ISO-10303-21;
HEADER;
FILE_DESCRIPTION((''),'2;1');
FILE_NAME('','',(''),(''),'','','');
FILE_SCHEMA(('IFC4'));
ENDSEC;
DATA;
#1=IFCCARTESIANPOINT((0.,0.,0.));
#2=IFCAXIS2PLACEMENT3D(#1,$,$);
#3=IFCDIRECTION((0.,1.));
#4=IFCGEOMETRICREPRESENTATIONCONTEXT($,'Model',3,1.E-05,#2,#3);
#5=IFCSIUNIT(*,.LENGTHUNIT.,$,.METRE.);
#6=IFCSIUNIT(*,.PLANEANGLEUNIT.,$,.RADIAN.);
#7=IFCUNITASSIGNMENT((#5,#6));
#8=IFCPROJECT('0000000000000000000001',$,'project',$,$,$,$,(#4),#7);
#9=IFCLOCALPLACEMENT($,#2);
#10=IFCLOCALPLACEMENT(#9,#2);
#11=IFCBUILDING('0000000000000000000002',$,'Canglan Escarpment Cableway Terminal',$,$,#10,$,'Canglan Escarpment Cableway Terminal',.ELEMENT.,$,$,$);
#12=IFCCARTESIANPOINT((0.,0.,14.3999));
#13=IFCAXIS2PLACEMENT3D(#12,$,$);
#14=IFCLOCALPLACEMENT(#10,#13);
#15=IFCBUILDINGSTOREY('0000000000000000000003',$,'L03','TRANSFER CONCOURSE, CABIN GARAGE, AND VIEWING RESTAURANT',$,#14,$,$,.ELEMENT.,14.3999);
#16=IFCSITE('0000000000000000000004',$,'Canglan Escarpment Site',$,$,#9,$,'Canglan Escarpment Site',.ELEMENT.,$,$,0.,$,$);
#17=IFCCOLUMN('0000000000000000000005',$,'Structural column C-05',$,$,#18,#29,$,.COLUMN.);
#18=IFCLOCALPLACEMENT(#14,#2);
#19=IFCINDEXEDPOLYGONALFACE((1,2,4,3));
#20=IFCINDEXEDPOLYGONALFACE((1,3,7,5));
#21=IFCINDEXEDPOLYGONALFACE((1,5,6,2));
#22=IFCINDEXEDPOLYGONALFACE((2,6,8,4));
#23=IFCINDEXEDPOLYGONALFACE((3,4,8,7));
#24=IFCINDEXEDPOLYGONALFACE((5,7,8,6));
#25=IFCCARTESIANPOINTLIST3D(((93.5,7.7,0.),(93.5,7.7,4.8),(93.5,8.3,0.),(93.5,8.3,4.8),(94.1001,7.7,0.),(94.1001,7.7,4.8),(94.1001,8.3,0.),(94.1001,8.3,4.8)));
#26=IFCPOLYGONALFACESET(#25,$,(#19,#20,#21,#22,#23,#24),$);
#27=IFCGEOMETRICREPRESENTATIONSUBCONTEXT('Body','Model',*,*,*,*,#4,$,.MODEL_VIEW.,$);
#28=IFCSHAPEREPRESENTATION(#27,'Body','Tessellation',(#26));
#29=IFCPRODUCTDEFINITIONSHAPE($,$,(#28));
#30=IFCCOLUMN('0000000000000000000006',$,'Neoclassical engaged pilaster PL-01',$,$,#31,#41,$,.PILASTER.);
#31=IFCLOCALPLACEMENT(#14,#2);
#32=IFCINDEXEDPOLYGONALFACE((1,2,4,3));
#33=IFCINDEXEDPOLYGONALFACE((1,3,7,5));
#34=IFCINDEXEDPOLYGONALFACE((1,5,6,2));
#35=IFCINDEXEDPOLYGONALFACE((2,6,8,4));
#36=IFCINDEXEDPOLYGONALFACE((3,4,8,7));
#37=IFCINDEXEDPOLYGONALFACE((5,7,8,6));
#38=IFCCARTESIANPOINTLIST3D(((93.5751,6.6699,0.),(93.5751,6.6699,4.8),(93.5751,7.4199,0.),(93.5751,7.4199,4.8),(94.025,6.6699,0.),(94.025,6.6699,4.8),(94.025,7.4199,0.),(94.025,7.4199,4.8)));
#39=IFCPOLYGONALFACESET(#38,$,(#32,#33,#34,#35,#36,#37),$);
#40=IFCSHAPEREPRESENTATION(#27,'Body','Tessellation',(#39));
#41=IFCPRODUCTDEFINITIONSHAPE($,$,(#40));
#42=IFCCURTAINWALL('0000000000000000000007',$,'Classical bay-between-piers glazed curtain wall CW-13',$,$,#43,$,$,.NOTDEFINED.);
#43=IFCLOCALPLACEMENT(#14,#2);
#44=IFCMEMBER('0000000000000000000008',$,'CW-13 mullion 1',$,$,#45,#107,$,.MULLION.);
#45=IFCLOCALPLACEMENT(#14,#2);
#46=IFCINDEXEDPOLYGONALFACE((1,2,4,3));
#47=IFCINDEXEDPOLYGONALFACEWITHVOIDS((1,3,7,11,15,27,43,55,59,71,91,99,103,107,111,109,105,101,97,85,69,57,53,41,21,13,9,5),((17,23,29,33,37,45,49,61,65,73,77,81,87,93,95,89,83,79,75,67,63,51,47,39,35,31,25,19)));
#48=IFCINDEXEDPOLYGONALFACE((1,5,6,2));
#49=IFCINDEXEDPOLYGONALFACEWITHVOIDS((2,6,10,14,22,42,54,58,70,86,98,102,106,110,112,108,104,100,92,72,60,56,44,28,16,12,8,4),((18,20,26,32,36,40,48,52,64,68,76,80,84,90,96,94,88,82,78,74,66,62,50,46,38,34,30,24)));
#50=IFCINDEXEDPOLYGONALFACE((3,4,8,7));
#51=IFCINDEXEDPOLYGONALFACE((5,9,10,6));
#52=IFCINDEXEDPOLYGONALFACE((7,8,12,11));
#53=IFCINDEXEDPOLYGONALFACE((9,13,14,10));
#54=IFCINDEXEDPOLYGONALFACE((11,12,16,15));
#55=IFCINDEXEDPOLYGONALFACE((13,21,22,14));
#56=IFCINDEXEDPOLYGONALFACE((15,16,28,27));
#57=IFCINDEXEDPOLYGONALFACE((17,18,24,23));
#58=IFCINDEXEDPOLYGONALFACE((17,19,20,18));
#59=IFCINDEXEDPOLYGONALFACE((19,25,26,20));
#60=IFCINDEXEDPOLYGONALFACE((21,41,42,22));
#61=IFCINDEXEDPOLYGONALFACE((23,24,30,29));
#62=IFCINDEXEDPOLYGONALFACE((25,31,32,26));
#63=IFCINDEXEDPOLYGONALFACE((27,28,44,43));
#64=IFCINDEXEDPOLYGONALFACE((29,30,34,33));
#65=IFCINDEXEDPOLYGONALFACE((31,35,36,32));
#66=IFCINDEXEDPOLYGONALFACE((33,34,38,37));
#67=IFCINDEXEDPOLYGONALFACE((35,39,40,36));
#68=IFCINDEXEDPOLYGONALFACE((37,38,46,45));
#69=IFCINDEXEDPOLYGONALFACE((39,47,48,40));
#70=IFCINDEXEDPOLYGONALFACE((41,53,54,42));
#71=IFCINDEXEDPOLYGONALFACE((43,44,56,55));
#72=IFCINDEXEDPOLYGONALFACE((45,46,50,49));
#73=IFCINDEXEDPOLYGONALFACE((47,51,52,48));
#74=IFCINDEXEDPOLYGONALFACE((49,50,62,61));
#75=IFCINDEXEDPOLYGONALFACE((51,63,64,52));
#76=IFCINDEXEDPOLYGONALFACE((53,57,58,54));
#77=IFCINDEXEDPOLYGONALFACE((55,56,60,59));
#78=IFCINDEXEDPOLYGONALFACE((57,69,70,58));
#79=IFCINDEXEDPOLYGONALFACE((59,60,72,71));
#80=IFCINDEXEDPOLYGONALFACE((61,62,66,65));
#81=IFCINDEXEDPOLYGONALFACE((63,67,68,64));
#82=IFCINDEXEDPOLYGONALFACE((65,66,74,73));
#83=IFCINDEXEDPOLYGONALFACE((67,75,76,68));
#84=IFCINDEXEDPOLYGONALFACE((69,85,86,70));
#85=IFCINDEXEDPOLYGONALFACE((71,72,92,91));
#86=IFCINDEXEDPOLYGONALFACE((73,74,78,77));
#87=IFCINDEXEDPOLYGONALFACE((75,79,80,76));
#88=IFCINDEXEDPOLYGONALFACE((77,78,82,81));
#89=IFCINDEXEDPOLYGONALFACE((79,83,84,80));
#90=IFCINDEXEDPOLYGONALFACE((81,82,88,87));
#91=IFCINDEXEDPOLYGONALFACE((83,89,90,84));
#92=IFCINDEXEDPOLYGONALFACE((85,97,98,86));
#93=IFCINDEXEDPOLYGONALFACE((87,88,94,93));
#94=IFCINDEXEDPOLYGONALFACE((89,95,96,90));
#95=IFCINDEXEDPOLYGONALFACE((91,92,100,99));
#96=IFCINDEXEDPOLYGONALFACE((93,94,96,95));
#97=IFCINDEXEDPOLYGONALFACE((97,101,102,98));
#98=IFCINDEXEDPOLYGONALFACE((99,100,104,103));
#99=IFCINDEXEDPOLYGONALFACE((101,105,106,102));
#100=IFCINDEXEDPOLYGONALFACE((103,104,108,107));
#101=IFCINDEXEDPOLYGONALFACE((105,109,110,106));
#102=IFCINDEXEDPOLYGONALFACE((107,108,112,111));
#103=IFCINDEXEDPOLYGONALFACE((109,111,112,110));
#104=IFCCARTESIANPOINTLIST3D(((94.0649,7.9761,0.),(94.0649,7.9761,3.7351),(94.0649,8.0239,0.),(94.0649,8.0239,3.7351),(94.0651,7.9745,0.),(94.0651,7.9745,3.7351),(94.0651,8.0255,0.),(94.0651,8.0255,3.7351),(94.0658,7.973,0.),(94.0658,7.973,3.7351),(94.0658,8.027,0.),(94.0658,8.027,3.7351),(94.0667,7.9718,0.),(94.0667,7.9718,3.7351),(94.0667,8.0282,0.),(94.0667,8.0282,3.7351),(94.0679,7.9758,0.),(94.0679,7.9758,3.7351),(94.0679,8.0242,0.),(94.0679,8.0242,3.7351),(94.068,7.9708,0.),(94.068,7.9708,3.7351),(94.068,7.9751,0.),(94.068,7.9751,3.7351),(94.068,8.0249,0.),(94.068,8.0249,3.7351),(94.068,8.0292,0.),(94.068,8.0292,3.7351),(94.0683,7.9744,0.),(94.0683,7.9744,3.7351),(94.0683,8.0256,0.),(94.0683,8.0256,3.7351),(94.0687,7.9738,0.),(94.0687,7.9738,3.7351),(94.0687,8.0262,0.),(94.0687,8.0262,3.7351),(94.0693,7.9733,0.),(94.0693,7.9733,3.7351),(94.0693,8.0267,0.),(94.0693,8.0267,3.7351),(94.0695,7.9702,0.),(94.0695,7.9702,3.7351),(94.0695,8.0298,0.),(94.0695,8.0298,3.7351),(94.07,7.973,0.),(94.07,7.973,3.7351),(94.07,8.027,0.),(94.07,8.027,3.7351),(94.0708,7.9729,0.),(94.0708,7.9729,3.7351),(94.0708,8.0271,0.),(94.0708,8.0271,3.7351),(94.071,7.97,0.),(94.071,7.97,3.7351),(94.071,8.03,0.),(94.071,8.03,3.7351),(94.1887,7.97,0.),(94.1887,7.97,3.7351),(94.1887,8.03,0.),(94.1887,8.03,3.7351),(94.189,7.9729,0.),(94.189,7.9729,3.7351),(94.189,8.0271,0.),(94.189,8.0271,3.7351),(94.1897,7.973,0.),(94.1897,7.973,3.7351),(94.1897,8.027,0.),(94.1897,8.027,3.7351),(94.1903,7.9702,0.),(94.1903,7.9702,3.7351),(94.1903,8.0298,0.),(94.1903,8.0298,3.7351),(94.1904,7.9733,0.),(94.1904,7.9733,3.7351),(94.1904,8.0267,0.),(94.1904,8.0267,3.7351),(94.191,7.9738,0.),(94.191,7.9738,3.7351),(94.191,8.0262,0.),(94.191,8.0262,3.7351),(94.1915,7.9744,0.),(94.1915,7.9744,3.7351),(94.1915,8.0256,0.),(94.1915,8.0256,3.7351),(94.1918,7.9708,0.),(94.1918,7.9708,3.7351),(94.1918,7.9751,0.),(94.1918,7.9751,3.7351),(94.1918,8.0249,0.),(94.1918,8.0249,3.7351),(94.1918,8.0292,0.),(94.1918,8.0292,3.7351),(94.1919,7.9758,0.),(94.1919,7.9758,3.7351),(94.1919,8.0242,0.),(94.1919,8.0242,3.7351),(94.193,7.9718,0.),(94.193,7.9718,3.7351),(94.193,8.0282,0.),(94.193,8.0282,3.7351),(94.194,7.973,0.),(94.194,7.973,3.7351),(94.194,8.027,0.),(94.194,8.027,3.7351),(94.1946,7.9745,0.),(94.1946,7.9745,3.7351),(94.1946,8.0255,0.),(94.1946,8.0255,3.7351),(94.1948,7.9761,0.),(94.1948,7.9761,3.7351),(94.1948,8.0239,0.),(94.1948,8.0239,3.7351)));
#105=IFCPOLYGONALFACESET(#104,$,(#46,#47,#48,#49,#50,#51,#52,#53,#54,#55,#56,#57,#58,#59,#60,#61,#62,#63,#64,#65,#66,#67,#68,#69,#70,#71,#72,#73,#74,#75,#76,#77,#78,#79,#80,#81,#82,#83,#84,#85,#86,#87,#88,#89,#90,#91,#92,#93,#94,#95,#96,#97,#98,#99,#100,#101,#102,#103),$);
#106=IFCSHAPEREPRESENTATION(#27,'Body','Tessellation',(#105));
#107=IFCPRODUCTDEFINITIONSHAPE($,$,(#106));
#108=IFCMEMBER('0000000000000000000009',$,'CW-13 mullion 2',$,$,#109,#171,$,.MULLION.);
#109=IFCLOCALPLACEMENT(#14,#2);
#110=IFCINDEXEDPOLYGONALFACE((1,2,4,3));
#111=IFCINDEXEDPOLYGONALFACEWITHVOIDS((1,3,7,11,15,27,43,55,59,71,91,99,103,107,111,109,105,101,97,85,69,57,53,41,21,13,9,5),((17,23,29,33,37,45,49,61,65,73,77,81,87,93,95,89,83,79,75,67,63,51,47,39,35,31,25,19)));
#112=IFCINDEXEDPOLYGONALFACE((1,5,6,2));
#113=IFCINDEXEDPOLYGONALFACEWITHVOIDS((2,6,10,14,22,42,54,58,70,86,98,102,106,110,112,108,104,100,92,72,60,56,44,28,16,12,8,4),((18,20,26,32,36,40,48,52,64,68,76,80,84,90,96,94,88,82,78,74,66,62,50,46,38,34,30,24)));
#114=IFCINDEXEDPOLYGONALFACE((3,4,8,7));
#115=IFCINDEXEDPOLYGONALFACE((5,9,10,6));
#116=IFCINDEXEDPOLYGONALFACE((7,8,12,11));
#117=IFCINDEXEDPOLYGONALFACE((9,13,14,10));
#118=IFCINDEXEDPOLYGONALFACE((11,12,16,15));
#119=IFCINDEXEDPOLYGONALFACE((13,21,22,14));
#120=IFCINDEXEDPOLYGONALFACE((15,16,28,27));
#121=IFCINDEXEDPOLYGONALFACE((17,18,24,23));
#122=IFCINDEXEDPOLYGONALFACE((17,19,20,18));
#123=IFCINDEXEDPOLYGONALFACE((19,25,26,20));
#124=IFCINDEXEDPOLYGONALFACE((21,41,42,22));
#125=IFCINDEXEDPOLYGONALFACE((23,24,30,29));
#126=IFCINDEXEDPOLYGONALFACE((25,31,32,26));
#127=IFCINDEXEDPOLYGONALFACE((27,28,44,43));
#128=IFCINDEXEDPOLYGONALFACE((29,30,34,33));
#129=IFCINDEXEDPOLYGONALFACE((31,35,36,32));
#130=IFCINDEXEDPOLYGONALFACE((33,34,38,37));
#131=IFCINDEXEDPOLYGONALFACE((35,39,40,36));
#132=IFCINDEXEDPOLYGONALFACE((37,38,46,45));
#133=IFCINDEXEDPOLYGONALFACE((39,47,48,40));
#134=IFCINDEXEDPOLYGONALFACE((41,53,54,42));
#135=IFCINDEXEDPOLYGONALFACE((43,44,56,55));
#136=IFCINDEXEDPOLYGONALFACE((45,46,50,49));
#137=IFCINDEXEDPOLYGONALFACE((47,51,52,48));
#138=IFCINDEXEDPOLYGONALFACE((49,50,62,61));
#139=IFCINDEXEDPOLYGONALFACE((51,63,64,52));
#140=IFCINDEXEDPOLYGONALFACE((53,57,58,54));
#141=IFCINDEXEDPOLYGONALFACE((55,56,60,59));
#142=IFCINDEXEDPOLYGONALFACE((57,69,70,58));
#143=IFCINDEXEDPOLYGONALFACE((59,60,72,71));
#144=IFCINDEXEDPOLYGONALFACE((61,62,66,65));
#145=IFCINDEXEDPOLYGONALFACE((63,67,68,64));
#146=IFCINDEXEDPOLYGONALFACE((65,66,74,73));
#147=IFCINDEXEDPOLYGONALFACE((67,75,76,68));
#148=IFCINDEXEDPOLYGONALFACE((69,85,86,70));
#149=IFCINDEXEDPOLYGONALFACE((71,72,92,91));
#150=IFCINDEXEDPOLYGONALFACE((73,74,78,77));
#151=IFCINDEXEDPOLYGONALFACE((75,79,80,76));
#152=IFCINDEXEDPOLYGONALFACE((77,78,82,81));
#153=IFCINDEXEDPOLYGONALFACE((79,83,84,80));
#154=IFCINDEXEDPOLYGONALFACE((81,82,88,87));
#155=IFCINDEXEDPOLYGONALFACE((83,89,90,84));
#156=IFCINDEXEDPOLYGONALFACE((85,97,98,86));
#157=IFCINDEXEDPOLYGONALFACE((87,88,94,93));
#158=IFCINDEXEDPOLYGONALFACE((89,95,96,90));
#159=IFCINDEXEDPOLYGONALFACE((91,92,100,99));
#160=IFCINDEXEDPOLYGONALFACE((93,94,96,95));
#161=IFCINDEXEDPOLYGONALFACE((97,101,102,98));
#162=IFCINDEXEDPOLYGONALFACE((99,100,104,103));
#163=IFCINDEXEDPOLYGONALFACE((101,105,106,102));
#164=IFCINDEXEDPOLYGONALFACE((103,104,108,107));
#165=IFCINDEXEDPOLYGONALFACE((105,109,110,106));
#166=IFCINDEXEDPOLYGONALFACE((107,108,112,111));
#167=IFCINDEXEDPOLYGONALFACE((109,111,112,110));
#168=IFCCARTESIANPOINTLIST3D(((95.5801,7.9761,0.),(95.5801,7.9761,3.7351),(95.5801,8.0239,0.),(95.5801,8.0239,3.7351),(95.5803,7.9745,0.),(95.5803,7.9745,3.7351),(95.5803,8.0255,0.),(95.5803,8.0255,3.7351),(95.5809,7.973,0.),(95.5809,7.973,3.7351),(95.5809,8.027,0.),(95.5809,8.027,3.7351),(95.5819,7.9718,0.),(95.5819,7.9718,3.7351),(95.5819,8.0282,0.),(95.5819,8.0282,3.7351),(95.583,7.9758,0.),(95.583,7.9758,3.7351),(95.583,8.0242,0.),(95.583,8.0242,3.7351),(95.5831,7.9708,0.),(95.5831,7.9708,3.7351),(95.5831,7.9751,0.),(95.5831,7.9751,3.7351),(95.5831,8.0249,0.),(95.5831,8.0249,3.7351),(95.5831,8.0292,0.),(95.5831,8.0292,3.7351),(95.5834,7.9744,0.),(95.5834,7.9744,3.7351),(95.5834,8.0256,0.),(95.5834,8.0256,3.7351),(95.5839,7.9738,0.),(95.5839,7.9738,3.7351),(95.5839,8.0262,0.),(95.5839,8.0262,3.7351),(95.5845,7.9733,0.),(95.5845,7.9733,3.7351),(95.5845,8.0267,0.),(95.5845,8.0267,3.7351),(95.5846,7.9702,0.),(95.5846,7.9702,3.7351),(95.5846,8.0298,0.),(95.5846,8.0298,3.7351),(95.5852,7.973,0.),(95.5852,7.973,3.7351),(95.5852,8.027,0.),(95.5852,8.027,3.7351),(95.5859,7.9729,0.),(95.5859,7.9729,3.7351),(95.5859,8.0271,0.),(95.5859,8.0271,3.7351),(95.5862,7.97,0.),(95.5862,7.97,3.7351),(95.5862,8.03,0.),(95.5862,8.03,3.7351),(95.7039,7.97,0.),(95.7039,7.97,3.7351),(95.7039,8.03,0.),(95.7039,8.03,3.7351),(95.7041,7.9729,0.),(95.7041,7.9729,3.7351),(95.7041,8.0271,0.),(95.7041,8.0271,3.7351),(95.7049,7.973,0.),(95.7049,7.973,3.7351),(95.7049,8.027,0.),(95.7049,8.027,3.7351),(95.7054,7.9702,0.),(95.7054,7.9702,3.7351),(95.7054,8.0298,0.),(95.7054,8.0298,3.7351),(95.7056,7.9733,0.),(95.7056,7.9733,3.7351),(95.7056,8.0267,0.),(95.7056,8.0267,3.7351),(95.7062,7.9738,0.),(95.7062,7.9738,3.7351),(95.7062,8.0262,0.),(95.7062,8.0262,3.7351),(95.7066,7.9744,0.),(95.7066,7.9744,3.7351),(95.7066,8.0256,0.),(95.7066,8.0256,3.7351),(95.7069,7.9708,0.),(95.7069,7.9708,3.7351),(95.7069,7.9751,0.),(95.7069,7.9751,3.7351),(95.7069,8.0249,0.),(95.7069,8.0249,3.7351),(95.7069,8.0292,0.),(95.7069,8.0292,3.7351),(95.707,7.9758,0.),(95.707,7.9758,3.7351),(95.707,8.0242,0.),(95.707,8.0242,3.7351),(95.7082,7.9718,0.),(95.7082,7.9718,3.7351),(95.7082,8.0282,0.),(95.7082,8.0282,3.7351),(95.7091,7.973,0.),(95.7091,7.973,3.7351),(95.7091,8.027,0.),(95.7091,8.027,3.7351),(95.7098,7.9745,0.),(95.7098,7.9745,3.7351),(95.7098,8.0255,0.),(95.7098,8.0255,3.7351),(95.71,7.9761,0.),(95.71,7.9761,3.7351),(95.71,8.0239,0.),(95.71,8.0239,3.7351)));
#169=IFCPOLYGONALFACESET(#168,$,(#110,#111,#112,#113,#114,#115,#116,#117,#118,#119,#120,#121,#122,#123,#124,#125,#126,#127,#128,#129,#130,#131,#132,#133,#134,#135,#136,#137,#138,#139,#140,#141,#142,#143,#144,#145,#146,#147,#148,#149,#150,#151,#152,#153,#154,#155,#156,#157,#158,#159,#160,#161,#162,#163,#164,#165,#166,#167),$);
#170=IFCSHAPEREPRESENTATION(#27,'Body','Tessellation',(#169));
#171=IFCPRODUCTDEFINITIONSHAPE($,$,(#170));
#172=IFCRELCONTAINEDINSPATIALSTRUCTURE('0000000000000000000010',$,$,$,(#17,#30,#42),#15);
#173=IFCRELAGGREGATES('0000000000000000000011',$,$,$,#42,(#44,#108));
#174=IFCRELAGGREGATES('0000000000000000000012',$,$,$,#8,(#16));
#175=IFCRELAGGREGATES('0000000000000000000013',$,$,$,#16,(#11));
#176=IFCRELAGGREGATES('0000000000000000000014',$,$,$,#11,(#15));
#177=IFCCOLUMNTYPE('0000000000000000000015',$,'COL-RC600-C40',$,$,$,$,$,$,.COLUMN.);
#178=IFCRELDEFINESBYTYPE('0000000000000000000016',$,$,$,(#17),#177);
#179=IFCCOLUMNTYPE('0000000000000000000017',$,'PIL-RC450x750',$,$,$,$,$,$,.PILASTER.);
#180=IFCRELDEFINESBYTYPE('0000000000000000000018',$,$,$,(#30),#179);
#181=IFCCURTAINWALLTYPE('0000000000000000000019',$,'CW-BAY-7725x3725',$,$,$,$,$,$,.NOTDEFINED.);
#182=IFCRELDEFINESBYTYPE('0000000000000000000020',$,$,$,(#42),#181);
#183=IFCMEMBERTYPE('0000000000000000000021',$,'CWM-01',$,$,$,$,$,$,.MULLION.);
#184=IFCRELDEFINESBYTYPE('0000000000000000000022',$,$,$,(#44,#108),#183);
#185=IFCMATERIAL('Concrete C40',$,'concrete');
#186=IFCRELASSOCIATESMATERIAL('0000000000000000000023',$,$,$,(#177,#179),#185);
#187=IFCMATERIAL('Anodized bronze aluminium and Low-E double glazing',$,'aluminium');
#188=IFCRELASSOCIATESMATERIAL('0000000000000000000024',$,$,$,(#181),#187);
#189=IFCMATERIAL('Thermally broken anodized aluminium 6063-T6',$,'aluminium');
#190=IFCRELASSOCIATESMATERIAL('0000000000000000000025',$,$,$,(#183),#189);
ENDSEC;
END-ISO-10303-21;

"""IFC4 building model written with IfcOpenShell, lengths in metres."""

from ifc_helpers import new_model, si_unit, direction, frame, origin, origin_2d, place, context, subcontext, project, spatial, rectangle, hollow_rectangle, extrude, material, material_profile, profile_set, type_object, element, aggregate, save


model = new_model("IFC4")

# Units and contexts
model_context = context("Model", 3, precision=1e-05, world=origin(), true_north=direction((0.0, 1.0)))
body_context = subcontext(model_context, "Body", "Model", "MODEL_VIEW")
ifc_project = project(units=[si_unit("LENGTHUNIT", "METRE"), si_unit("PLANEANGLEUNIT", "RADIAN")], contexts=[model_context])

# Site, building, storey
site_placement = place(None, origin())
site = spatial("IfcSite", under=ifc_project, at=site_placement, Name="Canglan Escarpment Site", LongName="Canglan Escarpment Site", CompositionType="ELEMENT", RefElevation=0.0)
building_placement = place(site_placement, origin())
building = spatial("IfcBuilding", under=site, at=building_placement, Name="Canglan Escarpment Cableway Terminal", LongName="Canglan Escarpment Cableway Terminal", CompositionType="ELEMENT")
storey_placement = place(building_placement, frame((0.0, 0.0, 14.3999)))
storey = spatial("IfcBuildingStorey", under=building, at=storey_placement, Name="L03", Description="TRANSFER CONCOURSE, CABIN GARAGE, AND VIEWING RESTAURANT", CompositionType="ELEMENT", Elevation=14.3999)

# Columns
ifc_material_1 = material(Name="Concrete C40", Category="concrete")
ifc_material_profile_1 = material_profile(ifc_material_1, rectangle(XDim=0.6001, YDim=0.6001, at=origin_2d()), Name="RC 600x600")
ifc_profile_set_1 = profile_set([ifc_material_profile_1], Name="Concrete C40")
column_type_1 = type_object("IfcColumnType", Name="COL-RC600-C40", PredefinedType="COLUMN", material=ifc_profile_set_1)
column_1_placement = place(storey_placement, frame((93.8, 8.0, 0.0), z_axis=(0.0, 0.0, 1.0), x_axis=(1.0, 0.0, 0.0)))
element("IfcColumn", 1, at=column_1_placement, inside=storey, type_object=column_type_1, Name="Structural column C-05", PredefinedType="COLUMN", context=body_context, shape_type="SweptSolid", body=[
    extrude(rectangle(XDim=0.6001, YDim=0.6001, at=origin_2d()), origin(), (0.0, 0.0, 1.0), 4.8),
])
ifc_material_profile_2 = material_profile(ifc_material_1, rectangle(XDim=0.45, YDim=0.75, at=origin_2d()), Name="RC-PIL 450x750")
ifc_profile_set_2 = profile_set([ifc_material_profile_2], Name="Concrete C40")
column_type_2 = type_object("IfcColumnType", Name="PIL-RC450x750", PredefinedType="PILASTER", material=ifc_profile_set_2)
column_2_placement = place(storey_placement, frame((93.8, 7.0449, 0.0), z_axis=(0.0, 0.0, 1.0), x_axis=(1.0, 0.0, 0.0)))
element("IfcColumn", 2, at=column_2_placement, inside=storey, type_object=column_type_2, Name="Neoclassical engaged pilaster PL-01", PredefinedType="PILASTER", context=body_context, shape_type="SweptSolid", body=[
    extrude(rectangle(XDim=0.45, YDim=0.75, at=origin_2d()), origin(), (0.0, 0.0, 1.0), 4.8),
])

# Curtain wall, members
ifc_material_2 = material(Name="Anodized bronze aluminium and Low-E double glazing", Category="aluminium")
curtain_wall_type = type_object("IfcCurtainWallType", Name="CW-BAY-7725x3725", PredefinedType="NOTDEFINED", material=ifc_material_2)
curtain_wall_placement = place(storey_placement, origin())
curtain_wall = element("IfcCurtainWall", 3, at=curtain_wall_placement, inside=storey, type_object=curtain_wall_type, Name="Classical bay-between-piers glazed curtain wall CW-13", PredefinedType="NOTDEFINED")
ifc_material_3 = material(Name="Thermally broken anodized aluminium 6063-T6", Category="aluminium")
ifc_material_profile_3 = material_profile(ifc_material_3, hollow_rectangle(XDim=0.0601, YDim=0.1299, WallThickness=0.0029, InnerFilletRadius=0.0029, OuterFilletRadius=0.0061, at=origin_2d()), Name="ALU-MULL 60x130x3")
ifc_profile_set_3 = profile_set([ifc_material_profile_3], Name="Thermally broken anodized aluminium 6063-T6")
member_type_1 = type_object("IfcMemberType", Name="CWM-01", PredefinedType="MULLION", material=ifc_profile_set_3)
member_1_placement = place(storey_placement, frame((94.1299, 8.0, 0.0), z_axis=(0.0, 0.0, 1.0), x_axis=(0.0, 1.0, 0.0)))
member_1 = element("IfcMember", 4, at=member_1_placement, type_object=member_type_1, Name="CW-13 mullion 1", PredefinedType="MULLION", context=body_context, shape_type="SweptSolid", body=[
    extrude(hollow_rectangle(XDim=0.0601, YDim=0.1299, WallThickness=0.0029, InnerFilletRadius=0.0029, OuterFilletRadius=0.0061, at=origin_2d()), origin(), (0.0, 0.0, 1.0), 3.7351),
])
member_2_placement = place(storey_placement, frame((95.645, 8.0, 0.0), z_axis=(0.0, 0.0, 1.0), x_axis=(0.0, 1.0, 0.0)))
member_2 = element("IfcMember", 5, at=member_2_placement, type_object=member_type_1, Name="CW-13 mullion 2", PredefinedType="MULLION", context=body_context, shape_type="SweptSolid", body=[
    extrude(hollow_rectangle(XDim=0.0601, YDim=0.1299, WallThickness=0.0029, InnerFilletRadius=0.0029, OuterFilletRadius=0.0061, at=origin_2d()), origin(), (0.0, 0.0, 1.0), 3.7351),
])

aggregate(curtain_wall, [member_1, member_2])

save(model, "model.ifc")
